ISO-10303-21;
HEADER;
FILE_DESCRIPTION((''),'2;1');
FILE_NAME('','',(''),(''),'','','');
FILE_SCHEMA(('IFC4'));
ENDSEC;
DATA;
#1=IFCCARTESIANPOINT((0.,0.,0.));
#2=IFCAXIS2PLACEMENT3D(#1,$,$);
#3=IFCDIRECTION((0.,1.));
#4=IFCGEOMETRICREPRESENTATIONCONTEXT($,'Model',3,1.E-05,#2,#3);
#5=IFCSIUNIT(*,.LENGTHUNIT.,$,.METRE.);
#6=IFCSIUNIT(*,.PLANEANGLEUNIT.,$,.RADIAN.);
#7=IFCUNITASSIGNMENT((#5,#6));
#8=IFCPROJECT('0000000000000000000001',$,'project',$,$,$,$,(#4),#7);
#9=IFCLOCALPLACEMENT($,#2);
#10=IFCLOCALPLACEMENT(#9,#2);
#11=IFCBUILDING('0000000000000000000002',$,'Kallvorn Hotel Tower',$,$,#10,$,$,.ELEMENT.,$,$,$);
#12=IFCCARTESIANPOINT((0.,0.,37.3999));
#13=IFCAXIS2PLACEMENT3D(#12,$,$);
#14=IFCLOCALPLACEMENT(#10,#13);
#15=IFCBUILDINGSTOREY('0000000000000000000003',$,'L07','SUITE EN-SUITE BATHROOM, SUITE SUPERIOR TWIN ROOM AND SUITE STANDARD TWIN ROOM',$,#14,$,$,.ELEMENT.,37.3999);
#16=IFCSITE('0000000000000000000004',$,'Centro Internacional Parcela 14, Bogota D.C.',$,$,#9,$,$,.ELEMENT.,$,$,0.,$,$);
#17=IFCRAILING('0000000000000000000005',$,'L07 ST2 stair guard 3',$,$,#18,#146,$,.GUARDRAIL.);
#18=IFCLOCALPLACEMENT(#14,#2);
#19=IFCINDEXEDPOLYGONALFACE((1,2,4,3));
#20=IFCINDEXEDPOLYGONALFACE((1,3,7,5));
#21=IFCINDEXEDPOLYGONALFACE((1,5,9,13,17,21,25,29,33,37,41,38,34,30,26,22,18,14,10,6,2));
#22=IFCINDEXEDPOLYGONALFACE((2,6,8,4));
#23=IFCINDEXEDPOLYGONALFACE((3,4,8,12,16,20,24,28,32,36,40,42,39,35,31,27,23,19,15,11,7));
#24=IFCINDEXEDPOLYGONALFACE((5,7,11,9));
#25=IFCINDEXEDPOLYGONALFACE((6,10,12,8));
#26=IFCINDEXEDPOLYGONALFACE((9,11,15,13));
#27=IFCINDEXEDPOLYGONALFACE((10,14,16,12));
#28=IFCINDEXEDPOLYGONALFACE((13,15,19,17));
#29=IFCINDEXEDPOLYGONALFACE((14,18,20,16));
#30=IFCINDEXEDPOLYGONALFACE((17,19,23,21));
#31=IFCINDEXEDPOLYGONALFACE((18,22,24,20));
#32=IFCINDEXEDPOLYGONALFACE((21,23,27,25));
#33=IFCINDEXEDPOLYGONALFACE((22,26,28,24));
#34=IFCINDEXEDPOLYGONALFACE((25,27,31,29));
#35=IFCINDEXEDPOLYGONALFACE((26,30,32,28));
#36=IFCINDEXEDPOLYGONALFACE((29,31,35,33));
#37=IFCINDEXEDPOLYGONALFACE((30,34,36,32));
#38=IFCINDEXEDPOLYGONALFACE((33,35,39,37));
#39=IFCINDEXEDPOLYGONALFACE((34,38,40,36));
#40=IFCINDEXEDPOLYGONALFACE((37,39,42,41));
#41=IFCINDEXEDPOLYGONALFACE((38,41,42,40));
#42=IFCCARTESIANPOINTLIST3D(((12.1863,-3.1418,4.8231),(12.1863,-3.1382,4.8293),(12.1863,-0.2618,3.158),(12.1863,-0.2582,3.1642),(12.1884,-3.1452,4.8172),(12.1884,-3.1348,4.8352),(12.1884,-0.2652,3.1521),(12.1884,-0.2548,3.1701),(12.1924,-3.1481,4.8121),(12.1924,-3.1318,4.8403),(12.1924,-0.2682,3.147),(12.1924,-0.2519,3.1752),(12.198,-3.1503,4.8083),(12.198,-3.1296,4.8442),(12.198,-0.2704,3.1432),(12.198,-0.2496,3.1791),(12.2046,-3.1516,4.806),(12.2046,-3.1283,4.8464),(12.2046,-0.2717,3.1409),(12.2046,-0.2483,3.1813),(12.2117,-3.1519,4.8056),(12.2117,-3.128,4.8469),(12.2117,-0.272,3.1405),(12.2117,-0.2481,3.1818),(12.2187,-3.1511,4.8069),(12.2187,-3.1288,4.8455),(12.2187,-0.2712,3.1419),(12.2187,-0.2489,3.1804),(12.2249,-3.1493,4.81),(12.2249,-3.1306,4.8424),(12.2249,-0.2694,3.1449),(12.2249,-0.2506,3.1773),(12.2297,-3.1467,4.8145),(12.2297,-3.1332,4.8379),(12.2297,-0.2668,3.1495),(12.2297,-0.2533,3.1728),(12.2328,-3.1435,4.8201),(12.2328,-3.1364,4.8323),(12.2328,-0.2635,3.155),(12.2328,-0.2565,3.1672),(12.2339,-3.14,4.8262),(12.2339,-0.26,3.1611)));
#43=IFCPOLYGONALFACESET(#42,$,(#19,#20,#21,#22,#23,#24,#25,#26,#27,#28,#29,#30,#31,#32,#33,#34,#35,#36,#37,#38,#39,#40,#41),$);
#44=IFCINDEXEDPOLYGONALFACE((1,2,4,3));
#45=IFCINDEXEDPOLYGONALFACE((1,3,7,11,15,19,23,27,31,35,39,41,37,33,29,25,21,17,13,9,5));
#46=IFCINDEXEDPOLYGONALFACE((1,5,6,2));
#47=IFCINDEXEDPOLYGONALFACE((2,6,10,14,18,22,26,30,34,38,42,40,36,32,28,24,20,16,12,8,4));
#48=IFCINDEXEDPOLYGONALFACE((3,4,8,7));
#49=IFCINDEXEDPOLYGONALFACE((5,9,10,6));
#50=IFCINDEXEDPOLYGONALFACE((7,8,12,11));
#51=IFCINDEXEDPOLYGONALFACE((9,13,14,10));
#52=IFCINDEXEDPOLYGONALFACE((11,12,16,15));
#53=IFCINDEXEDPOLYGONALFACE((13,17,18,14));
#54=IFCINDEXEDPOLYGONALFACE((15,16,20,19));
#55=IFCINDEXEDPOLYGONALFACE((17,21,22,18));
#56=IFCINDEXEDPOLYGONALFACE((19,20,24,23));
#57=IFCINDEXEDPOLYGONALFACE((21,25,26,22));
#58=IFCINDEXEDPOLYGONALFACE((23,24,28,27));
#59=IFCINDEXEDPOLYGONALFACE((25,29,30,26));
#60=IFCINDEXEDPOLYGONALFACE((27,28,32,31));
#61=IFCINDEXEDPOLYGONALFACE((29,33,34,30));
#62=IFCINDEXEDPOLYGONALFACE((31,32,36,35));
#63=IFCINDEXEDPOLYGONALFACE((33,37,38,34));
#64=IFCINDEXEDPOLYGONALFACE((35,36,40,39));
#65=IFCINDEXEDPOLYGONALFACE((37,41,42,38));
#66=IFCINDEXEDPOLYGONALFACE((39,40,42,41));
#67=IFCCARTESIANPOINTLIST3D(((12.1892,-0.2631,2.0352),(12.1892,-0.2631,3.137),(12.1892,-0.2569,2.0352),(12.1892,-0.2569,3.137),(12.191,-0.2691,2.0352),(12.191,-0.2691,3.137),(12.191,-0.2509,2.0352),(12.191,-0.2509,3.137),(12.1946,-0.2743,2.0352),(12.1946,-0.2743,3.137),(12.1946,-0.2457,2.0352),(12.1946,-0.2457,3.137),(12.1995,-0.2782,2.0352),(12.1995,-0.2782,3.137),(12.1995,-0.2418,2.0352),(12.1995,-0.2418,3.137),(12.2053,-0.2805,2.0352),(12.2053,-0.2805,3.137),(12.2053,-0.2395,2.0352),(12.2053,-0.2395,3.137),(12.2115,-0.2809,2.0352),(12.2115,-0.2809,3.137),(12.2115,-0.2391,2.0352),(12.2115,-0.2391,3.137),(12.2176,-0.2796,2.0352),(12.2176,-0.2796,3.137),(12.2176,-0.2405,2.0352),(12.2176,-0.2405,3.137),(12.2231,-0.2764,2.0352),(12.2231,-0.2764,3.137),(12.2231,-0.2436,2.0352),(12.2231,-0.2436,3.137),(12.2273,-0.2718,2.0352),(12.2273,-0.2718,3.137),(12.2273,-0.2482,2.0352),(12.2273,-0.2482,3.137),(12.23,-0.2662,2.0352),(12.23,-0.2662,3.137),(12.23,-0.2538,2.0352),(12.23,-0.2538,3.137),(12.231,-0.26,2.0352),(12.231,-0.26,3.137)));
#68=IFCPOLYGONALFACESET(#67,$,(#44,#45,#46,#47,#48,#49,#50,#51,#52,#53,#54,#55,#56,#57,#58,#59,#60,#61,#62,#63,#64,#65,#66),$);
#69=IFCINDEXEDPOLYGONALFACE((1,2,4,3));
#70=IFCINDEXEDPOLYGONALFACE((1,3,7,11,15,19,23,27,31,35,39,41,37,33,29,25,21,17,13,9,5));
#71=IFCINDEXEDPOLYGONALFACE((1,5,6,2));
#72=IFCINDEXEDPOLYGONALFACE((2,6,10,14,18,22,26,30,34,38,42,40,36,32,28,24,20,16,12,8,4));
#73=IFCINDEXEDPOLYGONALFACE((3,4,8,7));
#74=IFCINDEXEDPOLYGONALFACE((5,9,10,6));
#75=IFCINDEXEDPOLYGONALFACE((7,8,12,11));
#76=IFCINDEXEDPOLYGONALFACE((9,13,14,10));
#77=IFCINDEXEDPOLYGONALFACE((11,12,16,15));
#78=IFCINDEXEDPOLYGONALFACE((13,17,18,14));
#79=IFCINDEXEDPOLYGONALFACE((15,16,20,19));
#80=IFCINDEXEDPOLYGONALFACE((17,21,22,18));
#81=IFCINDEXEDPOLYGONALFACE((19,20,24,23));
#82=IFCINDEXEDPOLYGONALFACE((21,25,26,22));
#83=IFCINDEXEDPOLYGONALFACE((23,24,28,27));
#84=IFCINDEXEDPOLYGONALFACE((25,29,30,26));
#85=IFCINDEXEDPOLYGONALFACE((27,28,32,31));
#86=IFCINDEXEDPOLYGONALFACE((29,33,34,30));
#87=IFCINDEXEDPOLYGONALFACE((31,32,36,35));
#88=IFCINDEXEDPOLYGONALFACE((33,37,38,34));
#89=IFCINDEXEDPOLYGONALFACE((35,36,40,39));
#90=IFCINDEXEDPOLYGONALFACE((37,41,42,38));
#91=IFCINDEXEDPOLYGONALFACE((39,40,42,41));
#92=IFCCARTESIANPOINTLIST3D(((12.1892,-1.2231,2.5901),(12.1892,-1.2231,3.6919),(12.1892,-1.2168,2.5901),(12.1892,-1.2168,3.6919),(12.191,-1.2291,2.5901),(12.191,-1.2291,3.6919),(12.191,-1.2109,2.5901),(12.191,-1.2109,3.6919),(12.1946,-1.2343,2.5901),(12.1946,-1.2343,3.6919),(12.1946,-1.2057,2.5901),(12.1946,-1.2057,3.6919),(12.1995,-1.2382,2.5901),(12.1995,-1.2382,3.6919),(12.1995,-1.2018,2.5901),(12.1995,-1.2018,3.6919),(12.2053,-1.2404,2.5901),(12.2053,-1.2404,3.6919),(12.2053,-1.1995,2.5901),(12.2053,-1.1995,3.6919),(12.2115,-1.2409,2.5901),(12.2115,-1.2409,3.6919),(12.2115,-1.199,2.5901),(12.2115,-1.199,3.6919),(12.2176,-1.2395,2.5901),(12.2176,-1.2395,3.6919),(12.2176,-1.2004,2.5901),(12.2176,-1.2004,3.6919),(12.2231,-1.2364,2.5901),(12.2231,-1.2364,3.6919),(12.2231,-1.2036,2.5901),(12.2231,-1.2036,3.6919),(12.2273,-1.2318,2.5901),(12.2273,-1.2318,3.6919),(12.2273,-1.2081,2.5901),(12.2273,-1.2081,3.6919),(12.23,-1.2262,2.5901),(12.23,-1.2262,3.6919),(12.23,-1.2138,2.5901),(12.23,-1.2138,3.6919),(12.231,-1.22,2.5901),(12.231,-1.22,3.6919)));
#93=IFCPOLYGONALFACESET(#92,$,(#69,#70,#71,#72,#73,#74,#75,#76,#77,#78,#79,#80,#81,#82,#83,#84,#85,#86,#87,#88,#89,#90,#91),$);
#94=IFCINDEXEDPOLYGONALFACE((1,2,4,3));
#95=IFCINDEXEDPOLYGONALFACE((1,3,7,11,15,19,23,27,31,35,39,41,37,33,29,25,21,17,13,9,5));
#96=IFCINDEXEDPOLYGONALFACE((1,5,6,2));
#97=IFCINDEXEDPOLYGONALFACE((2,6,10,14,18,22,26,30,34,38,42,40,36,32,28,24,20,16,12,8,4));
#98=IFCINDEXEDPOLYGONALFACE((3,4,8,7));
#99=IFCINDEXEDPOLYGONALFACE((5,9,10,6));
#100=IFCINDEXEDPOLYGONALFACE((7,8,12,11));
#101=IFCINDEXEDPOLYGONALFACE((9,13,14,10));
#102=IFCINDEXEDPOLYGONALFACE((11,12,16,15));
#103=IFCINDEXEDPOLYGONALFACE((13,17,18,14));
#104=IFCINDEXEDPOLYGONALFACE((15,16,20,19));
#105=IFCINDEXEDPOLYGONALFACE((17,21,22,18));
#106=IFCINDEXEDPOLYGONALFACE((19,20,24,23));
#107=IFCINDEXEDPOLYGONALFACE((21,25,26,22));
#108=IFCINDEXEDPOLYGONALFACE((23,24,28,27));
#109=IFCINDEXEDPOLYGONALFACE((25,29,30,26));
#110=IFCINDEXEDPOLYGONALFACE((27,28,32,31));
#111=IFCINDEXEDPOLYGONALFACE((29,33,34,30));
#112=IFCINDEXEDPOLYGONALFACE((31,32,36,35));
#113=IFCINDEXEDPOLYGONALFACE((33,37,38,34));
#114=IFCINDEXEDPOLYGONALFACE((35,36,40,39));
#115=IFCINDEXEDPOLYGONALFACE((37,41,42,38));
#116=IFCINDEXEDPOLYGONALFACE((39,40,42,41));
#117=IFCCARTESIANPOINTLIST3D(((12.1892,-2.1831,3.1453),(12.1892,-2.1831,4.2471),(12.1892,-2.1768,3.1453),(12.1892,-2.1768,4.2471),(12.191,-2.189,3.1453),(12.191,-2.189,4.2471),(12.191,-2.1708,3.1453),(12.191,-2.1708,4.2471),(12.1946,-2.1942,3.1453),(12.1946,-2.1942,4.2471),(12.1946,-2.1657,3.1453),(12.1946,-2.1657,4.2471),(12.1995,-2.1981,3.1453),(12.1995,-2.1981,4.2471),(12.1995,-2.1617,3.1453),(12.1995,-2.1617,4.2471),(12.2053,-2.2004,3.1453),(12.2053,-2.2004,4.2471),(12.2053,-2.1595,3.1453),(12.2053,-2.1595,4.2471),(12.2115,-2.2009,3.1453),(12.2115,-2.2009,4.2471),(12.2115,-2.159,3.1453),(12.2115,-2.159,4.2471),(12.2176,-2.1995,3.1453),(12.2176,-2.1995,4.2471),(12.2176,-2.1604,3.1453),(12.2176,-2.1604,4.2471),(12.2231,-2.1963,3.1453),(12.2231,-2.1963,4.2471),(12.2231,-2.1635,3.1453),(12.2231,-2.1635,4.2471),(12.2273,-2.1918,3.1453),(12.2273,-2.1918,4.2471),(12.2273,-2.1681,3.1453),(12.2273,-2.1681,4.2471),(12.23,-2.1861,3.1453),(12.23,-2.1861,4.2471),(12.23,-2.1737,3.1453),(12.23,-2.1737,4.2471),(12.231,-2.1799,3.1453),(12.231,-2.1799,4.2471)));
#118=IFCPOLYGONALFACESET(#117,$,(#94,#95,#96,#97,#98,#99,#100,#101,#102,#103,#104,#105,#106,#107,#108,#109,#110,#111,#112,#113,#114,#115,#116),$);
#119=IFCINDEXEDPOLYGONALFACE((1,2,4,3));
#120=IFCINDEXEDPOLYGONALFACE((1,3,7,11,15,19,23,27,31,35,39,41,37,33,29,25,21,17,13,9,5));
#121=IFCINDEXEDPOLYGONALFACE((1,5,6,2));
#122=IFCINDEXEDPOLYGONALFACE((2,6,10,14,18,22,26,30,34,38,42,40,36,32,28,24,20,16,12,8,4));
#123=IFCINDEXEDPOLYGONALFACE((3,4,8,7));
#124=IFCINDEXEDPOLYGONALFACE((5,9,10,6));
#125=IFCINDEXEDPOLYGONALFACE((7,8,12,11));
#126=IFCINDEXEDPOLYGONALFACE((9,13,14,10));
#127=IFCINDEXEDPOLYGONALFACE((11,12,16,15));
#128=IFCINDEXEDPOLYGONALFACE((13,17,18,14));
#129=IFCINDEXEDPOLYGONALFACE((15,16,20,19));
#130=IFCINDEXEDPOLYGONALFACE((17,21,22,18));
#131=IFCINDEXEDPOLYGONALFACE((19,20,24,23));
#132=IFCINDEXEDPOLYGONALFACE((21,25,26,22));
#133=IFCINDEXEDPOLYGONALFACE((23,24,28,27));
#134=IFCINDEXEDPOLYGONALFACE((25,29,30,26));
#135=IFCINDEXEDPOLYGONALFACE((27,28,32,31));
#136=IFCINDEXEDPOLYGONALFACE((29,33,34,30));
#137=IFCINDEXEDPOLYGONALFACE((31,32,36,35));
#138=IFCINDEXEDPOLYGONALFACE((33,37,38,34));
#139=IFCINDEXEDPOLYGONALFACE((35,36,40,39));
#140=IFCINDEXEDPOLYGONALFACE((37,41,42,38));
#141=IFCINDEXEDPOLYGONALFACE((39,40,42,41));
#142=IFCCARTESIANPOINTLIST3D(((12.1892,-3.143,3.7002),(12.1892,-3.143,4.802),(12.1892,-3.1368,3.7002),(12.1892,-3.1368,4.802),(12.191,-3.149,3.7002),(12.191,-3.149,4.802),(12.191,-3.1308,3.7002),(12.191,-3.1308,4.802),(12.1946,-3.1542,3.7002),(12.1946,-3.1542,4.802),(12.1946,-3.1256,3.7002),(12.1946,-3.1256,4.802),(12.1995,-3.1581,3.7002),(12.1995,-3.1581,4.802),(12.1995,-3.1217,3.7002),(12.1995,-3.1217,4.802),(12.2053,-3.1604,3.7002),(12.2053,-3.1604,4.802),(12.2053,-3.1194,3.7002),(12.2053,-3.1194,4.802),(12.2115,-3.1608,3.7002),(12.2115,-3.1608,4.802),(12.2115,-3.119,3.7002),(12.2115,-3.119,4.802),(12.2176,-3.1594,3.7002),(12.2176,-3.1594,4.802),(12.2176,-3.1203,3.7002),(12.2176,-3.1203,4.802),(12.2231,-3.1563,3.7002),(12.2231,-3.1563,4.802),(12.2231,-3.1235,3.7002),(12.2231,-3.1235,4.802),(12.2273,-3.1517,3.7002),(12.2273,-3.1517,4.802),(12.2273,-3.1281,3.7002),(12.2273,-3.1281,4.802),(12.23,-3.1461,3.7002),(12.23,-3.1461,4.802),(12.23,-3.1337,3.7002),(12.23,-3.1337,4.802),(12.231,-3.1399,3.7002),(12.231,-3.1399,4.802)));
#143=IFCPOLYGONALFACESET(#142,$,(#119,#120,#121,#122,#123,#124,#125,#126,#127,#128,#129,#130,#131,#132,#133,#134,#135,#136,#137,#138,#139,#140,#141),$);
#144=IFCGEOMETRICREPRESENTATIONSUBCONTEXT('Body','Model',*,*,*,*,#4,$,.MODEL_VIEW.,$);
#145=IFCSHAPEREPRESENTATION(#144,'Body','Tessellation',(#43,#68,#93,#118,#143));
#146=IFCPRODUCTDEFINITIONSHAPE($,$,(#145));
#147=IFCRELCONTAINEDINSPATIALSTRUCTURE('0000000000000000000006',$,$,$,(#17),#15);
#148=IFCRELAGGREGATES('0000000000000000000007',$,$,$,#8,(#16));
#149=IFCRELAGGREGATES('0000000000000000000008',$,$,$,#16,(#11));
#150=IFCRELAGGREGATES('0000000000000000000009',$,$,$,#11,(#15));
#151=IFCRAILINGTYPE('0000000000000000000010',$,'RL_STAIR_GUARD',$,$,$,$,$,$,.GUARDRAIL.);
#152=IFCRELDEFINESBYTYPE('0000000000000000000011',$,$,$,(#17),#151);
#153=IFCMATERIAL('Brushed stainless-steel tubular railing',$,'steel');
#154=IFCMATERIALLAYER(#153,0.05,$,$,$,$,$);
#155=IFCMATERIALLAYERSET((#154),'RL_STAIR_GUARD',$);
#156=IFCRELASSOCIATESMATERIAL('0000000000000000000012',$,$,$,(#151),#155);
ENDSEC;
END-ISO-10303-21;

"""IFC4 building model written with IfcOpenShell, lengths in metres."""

from ifc_helpers import new_model, si_unit, direction, frame, origin, origin_2d, place, context, subcontext, project, spatial, circle, extrude, material, layer, layer_set, type_object, element, save


model = new_model("IFC4")

# Units and contexts
model_context = context("Model", 3, precision=1e-05, world=origin(), true_north=direction((0.0, 1.0)))
body_context = subcontext(model_context, "Body", "Model", "MODEL_VIEW")
ifc_project = project(units=[si_unit("LENGTHUNIT", "METRE"), si_unit("PLANEANGLEUNIT", "RADIAN")], contexts=[model_context])

# Site, building, storey
site_placement = place(None, origin())
site = spatial("IfcSite", under=ifc_project, at=site_placement, Name="Centro Internacional Parcela 14, Bogota D.C.", CompositionType="ELEMENT", RefElevation=0.0)
building_placement = place(site_placement, origin())
building = spatial("IfcBuilding", under=site, at=building_placement, Name="Kallvorn Hotel Tower", CompositionType="ELEMENT")
storey_placement = place(building_placement, frame((0.0, 0.0, 37.3999)))
storey = spatial("IfcBuildingStorey", under=building, at=storey_placement, Name="L07", Description="SUITE EN-SUITE BATHROOM, SUITE SUPERIOR TWIN ROOM AND SUITE STANDARD TWIN ROOM", CompositionType="ELEMENT", Elevation=37.3999)

# Railing
ifc_material_1 = material(Name="Brushed stainless-steel tubular railing", Category="steel")
ifc_layer_1 = layer(ifc_material_1, 0.05)
ifc_layer_set_1 = layer_set([ifc_layer_1], Name="RL_STAIR_GUARD")
railing_type_1 = type_object("IfcRailingType", Name="RL_STAIR_GUARD", PredefinedType="GUARDRAIL", material=ifc_layer_set_1)
railing_1_placement = place(storey_placement, frame((12.21, -0.26, 2.0352)))
element("IfcRailing", 1, at=railing_1_placement, inside=storey, type_object=railing_type_1, Name="L07 ST2 stair guard 3", PredefinedType="GUARDRAIL", context=body_context, shape_type="SweptSolid", body=[
    extrude(circle(Radius=0.0239, at=origin_2d()), frame((0.0, 0.0, 1.126), z_axis=(0.0, -0.865721, 0.500527), x_axis=(1.0, 0.0, 0.0)), (0.0, 0.0, 1.0), 3.3267),
    extrude(circle(Radius=0.021, at=origin_2d()), origin(), (0.0, 0.0, 1.0), 1.1018),
    extrude(circle(Radius=0.021, at=origin_2d()), frame((0.0, -0.96, 0.5549)), (0.0, 0.0, 1.0), 1.1018),
    extrude(circle(Radius=0.021, at=origin_2d()), frame((0.0, -1.9199, 1.1101)), (0.0, 0.0, 1.0), 1.1018),
    extrude(circle(Radius=0.021, at=origin_2d()), frame((0.0, -2.8799, 1.665)), (0.0, 0.0, 1.0), 1.1018),
])

save(model, "model.ifc")
